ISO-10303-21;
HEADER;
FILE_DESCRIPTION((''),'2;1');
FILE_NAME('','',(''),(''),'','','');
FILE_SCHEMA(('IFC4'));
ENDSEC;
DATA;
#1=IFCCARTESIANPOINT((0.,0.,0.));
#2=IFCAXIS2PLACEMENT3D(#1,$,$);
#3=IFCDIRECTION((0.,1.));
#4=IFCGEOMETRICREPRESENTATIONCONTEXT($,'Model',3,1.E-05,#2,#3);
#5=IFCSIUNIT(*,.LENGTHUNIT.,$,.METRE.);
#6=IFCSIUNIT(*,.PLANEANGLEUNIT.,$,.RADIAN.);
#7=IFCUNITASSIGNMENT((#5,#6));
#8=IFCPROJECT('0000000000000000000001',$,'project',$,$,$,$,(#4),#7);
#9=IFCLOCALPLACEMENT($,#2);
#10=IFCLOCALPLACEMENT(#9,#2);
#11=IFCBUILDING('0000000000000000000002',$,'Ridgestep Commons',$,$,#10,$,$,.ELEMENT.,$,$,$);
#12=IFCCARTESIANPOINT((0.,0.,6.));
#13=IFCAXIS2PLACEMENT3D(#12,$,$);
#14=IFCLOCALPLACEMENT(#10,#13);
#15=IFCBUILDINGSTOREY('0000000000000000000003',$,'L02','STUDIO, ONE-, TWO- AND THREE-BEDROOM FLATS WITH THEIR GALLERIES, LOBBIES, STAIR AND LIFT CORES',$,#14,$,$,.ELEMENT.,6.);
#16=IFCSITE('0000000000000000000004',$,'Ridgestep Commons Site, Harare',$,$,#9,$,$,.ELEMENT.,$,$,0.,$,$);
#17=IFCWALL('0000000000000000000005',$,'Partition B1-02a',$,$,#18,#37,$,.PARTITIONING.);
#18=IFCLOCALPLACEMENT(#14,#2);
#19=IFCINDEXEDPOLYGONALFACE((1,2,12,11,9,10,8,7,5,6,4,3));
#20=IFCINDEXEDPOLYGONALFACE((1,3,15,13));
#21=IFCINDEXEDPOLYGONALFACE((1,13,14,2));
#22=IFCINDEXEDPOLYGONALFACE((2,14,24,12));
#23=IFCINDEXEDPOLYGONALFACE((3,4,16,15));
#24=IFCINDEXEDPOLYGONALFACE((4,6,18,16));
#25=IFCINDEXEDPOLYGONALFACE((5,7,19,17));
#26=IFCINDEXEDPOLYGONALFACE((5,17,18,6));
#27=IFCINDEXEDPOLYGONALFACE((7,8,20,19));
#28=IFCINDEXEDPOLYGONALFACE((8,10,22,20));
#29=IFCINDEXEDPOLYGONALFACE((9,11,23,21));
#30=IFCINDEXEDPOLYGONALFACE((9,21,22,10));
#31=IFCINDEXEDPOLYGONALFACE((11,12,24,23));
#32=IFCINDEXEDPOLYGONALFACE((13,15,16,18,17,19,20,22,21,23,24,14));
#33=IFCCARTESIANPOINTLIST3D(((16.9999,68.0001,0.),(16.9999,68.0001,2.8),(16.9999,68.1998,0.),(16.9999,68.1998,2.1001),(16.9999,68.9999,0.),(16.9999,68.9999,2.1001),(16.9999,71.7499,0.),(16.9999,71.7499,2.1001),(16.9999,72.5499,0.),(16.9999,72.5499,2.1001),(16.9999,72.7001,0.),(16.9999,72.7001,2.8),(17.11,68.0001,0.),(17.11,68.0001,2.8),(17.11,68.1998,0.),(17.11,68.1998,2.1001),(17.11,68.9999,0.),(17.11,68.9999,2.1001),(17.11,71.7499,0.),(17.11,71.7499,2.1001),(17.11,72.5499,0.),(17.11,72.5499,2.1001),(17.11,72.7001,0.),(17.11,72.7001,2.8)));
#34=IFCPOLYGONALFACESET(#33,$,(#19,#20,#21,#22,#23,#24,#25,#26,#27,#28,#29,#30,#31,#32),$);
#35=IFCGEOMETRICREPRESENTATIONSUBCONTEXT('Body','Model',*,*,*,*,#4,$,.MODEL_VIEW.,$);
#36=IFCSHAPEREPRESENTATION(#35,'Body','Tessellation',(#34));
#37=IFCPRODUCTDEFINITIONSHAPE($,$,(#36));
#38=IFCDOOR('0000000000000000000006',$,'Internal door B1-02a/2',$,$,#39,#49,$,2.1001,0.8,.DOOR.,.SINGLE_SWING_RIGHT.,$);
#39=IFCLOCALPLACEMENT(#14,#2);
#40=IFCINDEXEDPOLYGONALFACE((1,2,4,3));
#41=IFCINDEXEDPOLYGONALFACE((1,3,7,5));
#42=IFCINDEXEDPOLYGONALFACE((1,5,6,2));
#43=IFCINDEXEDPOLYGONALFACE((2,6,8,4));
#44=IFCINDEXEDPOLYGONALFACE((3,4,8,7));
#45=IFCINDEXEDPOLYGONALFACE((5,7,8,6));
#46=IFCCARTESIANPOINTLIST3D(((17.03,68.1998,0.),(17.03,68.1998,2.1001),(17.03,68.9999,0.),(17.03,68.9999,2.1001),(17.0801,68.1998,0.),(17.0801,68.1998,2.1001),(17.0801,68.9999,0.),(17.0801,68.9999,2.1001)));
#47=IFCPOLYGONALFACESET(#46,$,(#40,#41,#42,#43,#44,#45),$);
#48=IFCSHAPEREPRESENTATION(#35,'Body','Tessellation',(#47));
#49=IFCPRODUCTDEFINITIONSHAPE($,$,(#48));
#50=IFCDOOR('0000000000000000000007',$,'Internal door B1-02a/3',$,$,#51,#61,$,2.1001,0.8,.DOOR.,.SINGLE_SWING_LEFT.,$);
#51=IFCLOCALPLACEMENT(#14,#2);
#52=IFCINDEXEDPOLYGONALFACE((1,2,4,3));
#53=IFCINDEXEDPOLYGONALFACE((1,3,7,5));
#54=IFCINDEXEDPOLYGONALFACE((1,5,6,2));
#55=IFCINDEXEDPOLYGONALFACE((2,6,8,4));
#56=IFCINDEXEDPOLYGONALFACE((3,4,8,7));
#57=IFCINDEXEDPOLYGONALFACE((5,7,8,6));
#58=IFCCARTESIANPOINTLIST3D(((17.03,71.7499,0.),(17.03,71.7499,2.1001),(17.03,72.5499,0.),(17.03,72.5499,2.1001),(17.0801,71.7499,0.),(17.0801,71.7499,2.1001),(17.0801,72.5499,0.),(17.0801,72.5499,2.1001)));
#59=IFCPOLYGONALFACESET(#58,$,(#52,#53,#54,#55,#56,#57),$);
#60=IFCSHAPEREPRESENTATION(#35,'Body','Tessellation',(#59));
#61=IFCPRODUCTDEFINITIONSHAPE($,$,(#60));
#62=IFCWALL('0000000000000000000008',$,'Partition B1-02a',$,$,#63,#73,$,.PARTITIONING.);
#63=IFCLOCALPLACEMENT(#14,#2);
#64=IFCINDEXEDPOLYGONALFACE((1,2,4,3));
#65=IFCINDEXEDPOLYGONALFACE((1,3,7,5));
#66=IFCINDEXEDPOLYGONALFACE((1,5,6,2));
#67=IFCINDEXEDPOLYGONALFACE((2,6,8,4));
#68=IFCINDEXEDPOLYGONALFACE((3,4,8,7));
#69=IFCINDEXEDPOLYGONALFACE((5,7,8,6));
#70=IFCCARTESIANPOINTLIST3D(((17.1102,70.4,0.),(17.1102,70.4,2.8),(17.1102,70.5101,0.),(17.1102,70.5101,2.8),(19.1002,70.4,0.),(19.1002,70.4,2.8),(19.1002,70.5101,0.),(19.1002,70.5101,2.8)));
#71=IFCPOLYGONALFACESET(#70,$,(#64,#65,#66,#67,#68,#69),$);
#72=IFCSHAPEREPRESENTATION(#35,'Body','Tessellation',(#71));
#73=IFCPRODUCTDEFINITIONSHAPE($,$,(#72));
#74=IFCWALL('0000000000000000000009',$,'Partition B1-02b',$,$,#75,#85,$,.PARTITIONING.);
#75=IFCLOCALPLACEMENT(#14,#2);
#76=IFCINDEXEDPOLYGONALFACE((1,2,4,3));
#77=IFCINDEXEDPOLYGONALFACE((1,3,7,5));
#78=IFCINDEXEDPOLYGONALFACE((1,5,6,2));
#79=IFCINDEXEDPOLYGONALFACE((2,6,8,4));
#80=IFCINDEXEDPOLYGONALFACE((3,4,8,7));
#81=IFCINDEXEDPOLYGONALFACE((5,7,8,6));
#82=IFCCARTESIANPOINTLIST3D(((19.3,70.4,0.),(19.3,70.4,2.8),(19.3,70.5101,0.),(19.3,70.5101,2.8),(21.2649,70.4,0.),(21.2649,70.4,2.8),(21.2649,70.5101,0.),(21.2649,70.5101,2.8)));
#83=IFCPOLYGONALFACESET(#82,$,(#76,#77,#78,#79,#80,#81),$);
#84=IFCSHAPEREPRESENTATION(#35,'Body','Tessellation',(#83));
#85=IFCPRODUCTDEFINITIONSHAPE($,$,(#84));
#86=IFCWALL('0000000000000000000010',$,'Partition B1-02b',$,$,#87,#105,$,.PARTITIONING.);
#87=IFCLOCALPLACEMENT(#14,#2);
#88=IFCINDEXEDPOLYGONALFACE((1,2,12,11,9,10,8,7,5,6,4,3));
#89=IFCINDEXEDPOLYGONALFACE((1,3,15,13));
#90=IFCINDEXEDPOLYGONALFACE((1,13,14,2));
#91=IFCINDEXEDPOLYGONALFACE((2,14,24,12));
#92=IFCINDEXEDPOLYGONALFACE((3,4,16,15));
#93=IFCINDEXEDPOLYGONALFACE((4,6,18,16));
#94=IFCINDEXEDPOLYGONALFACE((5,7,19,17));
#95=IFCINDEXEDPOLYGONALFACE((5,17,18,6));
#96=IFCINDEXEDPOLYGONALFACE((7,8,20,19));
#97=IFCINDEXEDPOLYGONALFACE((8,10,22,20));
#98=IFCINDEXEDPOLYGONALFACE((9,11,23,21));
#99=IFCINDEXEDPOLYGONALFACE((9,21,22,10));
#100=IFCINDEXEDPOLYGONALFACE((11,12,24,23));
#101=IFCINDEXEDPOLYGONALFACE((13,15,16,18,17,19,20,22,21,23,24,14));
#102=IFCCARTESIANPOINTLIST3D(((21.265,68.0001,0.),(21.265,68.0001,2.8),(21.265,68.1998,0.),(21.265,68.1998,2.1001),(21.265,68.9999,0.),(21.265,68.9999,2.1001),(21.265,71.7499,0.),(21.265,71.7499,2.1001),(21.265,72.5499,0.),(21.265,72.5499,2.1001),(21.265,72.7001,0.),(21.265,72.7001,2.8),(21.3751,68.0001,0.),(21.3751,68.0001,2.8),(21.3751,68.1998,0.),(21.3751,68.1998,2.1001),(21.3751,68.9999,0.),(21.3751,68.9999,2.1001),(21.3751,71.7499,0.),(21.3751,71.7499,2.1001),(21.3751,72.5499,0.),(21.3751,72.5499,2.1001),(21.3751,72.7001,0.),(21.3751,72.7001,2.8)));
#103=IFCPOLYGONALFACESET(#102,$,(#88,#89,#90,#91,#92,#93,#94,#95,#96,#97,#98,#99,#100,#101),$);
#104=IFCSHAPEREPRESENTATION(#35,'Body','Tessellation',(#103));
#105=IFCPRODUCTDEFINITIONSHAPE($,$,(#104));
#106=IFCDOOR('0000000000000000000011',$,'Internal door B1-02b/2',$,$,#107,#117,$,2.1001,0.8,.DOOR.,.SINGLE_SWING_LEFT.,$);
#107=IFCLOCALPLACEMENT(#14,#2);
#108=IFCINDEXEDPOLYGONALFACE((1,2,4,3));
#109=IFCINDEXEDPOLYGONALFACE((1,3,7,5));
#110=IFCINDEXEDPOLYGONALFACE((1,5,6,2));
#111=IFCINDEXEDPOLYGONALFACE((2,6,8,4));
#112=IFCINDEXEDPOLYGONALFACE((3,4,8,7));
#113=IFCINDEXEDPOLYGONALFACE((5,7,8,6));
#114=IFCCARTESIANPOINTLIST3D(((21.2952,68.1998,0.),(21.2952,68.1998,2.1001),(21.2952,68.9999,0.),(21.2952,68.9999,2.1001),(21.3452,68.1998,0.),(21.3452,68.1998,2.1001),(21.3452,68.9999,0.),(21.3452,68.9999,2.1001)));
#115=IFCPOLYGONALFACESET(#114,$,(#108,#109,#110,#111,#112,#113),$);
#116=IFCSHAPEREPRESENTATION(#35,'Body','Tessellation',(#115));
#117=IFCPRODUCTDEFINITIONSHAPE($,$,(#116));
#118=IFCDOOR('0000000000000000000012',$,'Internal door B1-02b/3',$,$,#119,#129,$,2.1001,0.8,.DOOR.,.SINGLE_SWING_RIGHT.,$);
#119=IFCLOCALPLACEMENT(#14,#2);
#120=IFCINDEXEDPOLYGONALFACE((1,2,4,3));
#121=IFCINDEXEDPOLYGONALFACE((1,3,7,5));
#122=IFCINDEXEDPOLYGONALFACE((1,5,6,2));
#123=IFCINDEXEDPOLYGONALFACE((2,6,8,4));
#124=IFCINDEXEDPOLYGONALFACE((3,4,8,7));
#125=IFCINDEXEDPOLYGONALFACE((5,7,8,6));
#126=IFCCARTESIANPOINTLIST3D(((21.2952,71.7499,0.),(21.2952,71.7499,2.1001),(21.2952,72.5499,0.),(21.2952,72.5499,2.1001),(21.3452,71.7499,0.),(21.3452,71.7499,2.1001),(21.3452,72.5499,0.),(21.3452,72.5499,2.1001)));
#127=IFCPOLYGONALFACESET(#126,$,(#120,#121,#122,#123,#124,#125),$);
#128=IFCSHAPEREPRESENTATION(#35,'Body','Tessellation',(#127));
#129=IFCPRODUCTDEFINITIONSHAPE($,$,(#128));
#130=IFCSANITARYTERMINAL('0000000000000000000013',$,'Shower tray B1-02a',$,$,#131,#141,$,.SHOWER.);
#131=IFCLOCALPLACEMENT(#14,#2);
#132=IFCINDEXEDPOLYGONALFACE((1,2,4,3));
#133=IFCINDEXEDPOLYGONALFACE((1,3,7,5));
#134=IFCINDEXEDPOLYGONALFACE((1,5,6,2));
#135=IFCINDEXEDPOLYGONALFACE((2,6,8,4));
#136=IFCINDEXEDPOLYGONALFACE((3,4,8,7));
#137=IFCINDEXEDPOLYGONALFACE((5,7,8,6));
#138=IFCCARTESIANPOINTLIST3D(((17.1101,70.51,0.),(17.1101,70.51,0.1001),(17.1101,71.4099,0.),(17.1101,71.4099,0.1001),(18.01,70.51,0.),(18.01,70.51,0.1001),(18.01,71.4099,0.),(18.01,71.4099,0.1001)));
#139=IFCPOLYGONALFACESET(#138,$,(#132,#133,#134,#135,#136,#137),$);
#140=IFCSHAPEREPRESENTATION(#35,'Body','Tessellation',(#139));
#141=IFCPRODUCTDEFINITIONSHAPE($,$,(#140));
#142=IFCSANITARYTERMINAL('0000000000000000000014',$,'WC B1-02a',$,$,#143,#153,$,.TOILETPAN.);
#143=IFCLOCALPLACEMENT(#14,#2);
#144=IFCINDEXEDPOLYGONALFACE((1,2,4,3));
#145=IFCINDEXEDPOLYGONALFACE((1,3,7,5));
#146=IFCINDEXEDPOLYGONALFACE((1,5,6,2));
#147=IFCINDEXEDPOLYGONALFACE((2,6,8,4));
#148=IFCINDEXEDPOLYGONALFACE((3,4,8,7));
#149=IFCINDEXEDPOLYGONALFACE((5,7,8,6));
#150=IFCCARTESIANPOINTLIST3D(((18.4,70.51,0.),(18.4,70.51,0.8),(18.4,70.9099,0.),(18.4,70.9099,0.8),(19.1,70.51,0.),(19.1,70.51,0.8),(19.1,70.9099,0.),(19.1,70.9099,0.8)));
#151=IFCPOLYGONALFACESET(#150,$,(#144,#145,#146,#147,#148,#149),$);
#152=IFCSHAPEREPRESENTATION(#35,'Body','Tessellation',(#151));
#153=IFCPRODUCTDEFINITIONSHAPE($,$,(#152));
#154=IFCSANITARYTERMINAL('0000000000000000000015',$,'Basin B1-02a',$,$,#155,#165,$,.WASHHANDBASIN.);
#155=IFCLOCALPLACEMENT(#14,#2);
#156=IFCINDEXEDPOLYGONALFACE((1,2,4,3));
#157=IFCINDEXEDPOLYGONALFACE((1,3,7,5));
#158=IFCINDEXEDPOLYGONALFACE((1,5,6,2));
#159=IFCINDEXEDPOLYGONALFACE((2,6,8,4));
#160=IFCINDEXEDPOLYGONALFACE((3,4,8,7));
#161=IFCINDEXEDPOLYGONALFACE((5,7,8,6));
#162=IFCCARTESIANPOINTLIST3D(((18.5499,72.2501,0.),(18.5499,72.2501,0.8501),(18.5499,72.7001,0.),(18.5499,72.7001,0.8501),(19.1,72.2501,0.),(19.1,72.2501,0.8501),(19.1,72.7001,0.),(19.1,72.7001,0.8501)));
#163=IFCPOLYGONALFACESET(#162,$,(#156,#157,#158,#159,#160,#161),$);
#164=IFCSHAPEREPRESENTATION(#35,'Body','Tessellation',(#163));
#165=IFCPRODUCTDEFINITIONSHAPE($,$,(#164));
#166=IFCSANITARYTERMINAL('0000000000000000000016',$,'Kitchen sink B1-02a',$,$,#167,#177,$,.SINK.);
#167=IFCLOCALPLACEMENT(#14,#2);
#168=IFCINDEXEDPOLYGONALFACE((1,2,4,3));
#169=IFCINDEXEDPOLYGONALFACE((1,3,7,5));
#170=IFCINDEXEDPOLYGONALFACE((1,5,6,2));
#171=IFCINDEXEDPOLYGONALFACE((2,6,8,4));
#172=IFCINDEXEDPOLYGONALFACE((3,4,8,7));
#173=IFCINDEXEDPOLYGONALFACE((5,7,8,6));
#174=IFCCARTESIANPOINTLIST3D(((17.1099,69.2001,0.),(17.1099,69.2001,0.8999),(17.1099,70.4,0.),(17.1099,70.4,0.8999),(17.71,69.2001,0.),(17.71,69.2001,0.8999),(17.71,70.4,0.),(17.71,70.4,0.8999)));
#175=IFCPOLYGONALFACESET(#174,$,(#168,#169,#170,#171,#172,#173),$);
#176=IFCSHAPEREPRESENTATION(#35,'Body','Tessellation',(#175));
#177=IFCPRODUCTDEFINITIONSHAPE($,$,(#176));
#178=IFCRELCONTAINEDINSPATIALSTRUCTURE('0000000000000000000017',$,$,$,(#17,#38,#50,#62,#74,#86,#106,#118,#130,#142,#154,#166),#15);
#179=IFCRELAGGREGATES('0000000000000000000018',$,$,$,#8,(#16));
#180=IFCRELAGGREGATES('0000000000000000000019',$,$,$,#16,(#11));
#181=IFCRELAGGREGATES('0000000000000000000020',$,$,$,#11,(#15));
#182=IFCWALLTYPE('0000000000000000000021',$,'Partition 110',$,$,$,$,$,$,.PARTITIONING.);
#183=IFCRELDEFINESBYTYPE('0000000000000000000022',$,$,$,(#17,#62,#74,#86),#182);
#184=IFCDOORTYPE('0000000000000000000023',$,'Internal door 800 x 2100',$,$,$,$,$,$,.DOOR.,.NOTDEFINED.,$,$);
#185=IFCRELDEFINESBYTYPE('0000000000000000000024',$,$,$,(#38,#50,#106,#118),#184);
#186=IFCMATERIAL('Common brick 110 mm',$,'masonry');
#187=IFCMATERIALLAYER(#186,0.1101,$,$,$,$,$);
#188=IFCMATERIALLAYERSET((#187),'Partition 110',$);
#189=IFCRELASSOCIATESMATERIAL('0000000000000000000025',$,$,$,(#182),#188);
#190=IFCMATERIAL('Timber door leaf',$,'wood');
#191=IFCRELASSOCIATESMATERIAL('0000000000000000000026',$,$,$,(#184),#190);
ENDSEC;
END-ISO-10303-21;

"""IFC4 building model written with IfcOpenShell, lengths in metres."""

from ifc_helpers import new_model, si_unit, direction, frame, frame_2d, origin, origin_2d, place, context, subcontext, project, spatial, rectangle, extrude, material, layer, layer_set, type_object, element, fill, save


model = new_model("IFC4")

# Units and contexts
model_context = context("Model", 3, precision=1e-05, world=origin(), true_north=direction((0.0, 1.0)))
body_context = subcontext(model_context, "Body", "Model", "MODEL_VIEW")
ifc_project = project(units=[si_unit("LENGTHUNIT", "METRE"), si_unit("PLANEANGLEUNIT", "RADIAN")], contexts=[model_context])

# Site, building, storey
site_placement = place(None, origin())
site = spatial("IfcSite", under=ifc_project, at=site_placement, Name="Ridgestep Commons Site, Harare", CompositionType="ELEMENT", RefElevation=0.0)
building_placement = place(site_placement, origin())
building = spatial("IfcBuilding", under=site, at=building_placement, Name="Ridgestep Commons", CompositionType="ELEMENT")
storey_placement = place(building_placement, frame((0.0, 0.0, 6.0)))
storey = spatial("IfcBuildingStorey", under=building, at=storey_placement, Name="L02", Description="STUDIO, ONE-, TWO- AND THREE-BEDROOM FLATS WITH THEIR GALLERIES, LOBBIES, STAIR AND LIFT CORES", CompositionType="ELEMENT", Elevation=6.0)

# Wall, openings, doors
ifc_material_1 = material(Name="Common brick 110 mm", Category="masonry")
ifc_layer_1 = layer(ifc_material_1, 0.1101)
ifc_layer_set_1 = layer_set([ifc_layer_1], Name="Partition 110")
wall_type_1 = type_object("IfcWallType", Name="Partition 110", PredefinedType="PARTITIONING", material=ifc_layer_set_1)
wall_1_placement = place(storey_placement, frame((17.0549, 68.0, 0.0), z_axis=(0.0, 0.0, 1.0), x_axis=(0.0, 1.0, 0.0)))
wall_1 = element("IfcWall", 1, at=wall_1_placement, inside=storey, type_object=wall_type_1, Name="Partition B1-02a", PredefinedType="PARTITIONING", context=body_context, shape_type="SweptSolid", body=[
    extrude(rectangle(XDim=4.7, YDim=0.1101, at=frame_2d((2.3501, 0.0))), origin(), (0.0, 0.0, 1.0), 2.8),
])
opening_1_placement = place(wall_1_placement, frame((0.2, 0.0, 0.0)))
opening_1 = element("IfcOpeningElement", 2, at=opening_1_placement, cuts=wall_1, PredefinedType="OPENING", context=body_context, shape_type="SweptSolid", body=[
    extrude(rectangle(XDim=0.8, YDim=2.1001, at=frame_2d((0.3999, 1.05))), frame((0.0, 0.0649, 0.0), z_axis=(0.0, -1.0, 0.0), x_axis=(1.0, 0.0, 0.0)), (0.0, 0.0, 1.0), 0.1301),
])
opening_2_placement = place(wall_1_placement, frame((3.75, 0.0, 0.0)))
opening_2 = element("IfcOpeningElement", 3, at=opening_2_placement, cuts=wall_1, PredefinedType="OPENING", context=body_context, shape_type="SweptSolid", body=[
    extrude(rectangle(XDim=0.8, YDim=2.1001, at=frame_2d((0.3999, 1.05))), frame((0.0, 0.0649, 0.0), z_axis=(0.0, -1.0, 0.0), x_axis=(1.0, 0.0, 0.0)), (0.0, 0.0, 1.0), 0.1301),
])
ifc_material_2 = material(Name="Timber door leaf", Category="wood")
door_type_1 = type_object("IfcDoorType", Name="Internal door 800 x 2100", OperationType="NOTDEFINED", PredefinedType="DOOR", material=ifc_material_2)
door_1_placement = place(opening_1_placement, origin())
door_1 = element("IfcDoor", 4, at=door_1_placement, inside=storey, type_object=door_type_1, Name="Internal door B1-02a/2", OperationType="SINGLE_SWING_RIGHT", OverallHeight=2.1001, OverallWidth=0.8, PredefinedType="DOOR", context=body_context, shape_type="SweptSolid", body=[
    extrude(rectangle(XDim=0.8, YDim=2.1001, at=frame_2d((0.3999, 1.05))), frame((0.0, 0.0249, 0.0), z_axis=(0.0, -1.0, 0.0), x_axis=(1.0, 0.0, 0.0)), (0.0, 0.0, 1.0), 0.05),
])
fill(opening_1, door_1)
door_2_placement = place(opening_2_placement, origin())
door_2 = element("IfcDoor", 5, at=door_2_placement, inside=storey, type_object=door_type_1, Name="Internal door B1-02a/3", OperationType="SINGLE_SWING_LEFT", OverallHeight=2.1001, OverallWidth=0.8, PredefinedType="DOOR", context=body_context, shape_type="SweptSolid", body=[
    extrude(rectangle(XDim=0.8, YDim=2.1001, at=frame_2d((0.3999, 1.05))), frame((0.0, 0.0249, 0.0), z_axis=(0.0, -1.0, 0.0), x_axis=(1.0, 0.0, 0.0)), (0.0, 0.0, 1.0), 0.05),
])
fill(opening_2, door_2)

# Walls
wall_2_placement = place(storey_placement, frame((17.1101, 70.4551, 0.0), z_axis=(0.0, 0.0, 1.0), x_axis=(1.0, 0.0, 0.0)))
element("IfcWall", 6, at=wall_2_placement, inside=storey, type_object=wall_type_1, Name="Partition B1-02a", PredefinedType="PARTITIONING", context=body_context, shape_type="SweptSolid", body=[
    extrude(rectangle(XDim=1.99, YDim=0.1101, at=frame_2d((0.9951, 0.0))), origin(), (0.0, 0.0, 1.0), 2.8),
])
wall_3_placement = place(storey_placement, frame((19.3, 70.4551, 0.0), z_axis=(0.0, 0.0, 1.0), x_axis=(1.0, 0.0, 0.0)))
element("IfcWall", 7, at=wall_3_placement, inside=storey, type_object=wall_type_1, Name="Partition B1-02b", PredefinedType="PARTITIONING", context=body_context, shape_type="SweptSolid", body=[
    extrude(rectangle(XDim=1.9648, YDim=0.1101, at=frame_2d((0.9824, 0.0))), origin(), (0.0, 0.0, 1.0), 2.8),
])

# Wall, openings, doors
wall_4_placement = place(storey_placement, frame((21.3201, 68.0, 0.0), z_axis=(0.0, 0.0, 1.0), x_axis=(0.0, 1.0, 0.0)))
wall_4 = element("IfcWall", 8, at=wall_4_placement, inside=storey, type_object=wall_type_1, Name="Partition B1-02b", PredefinedType="PARTITIONING", context=body_context, shape_type="SweptSolid", body=[
    extrude(rectangle(XDim=4.7, YDim=0.1101, at=frame_2d((2.3501, 0.0))), origin(), (0.0, 0.0, 1.0), 2.8),
])
opening_3_placement = place(wall_4_placement, frame((0.2, 0.0, 0.0)))
opening_3 = element("IfcOpeningElement", 9, at=opening_3_placement, cuts=wall_4, PredefinedType="OPENING", context=body_context, shape_type="SweptSolid", body=[
    extrude(rectangle(XDim=0.8, YDim=2.1001, at=frame_2d((0.3999, 1.05))), frame((0.0, 0.0649, 0.0), z_axis=(0.0, -1.0, 0.0), x_axis=(1.0, 0.0, 0.0)), (0.0, 0.0, 1.0), 0.1301),
])
opening_4_placement = place(wall_4_placement, frame((3.75, 0.0, 0.0)))
opening_4 = element("IfcOpeningElement", 10, at=opening_4_placement, cuts=wall_4, PredefinedType="OPENING", context=body_context, shape_type="SweptSolid", body=[
    extrude(rectangle(XDim=0.8, YDim=2.1001, at=frame_2d((0.3999, 1.05))), frame((0.0, 0.0649, 0.0), z_axis=(0.0, -1.0, 0.0), x_axis=(1.0, 0.0, 0.0)), (0.0, 0.0, 1.0), 0.1301),
])
door_3_placement = place(opening_3_placement, origin())
door_3 = element("IfcDoor", 11, at=door_3_placement, inside=storey, type_object=door_type_1, Name="Internal door B1-02b/2", OperationType="SINGLE_SWING_LEFT", OverallHeight=2.1001, OverallWidth=0.8, PredefinedType="DOOR", context=body_context, shape_type="SweptSolid", body=[
    extrude(rectangle(XDim=0.8, YDim=2.1001, at=frame_2d((0.3999, 1.05))), frame((0.0, 0.0249, 0.0), z_axis=(0.0, -1.0, 0.0), x_axis=(1.0, 0.0, 0.0)), (0.0, 0.0, 1.0), 0.05),
])
fill(opening_3, door_3)
door_4_placement = place(opening_4_placement, origin())
door_4 = element("IfcDoor", 12, at=door_4_placement, inside=storey, type_object=door_type_1, Name="Internal door B1-02b/3", OperationType="SINGLE_SWING_RIGHT", OverallHeight=2.1001, OverallWidth=0.8, PredefinedType="DOOR", context=body_context, shape_type="SweptSolid", body=[
    extrude(rectangle(XDim=0.8, YDim=2.1001, at=frame_2d((0.3999, 1.05))), frame((0.0, 0.0249, 0.0), z_axis=(0.0, -1.0, 0.0), x_axis=(1.0, 0.0, 0.0)), (0.0, 0.0, 1.0), 0.05),
])
fill(opening_4, door_4)

# Sanitary terminals
sanitary_terminal_1_placement = place(storey_placement, frame((17.5601, 70.96, 0.0), z_axis=(0.0, 0.0, 1.0), x_axis=(1.0, 0.0, 0.0)))
element("IfcSanitaryTerminal", 13, at=sanitary_terminal_1_placement, inside=storey, Name="Shower tray B1-02a", PredefinedType="SHOWER", context=body_context, shape_type="SweptSolid", body=[
    extrude(rectangle(XDim=0.8999, YDim=0.8999, at=origin_2d()), origin(), (0.0, 0.0, 1.0), 0.1001),
])
sanitary_terminal_2_placement = place(storey_placement, frame((18.75, 70.71, 0.0), z_axis=(0.0, 0.0, 1.0), x_axis=(1.0, 0.0, 0.0)))
element("IfcSanitaryTerminal", 14, at=sanitary_terminal_2_placement, inside=storey, Name="WC B1-02a", PredefinedType="TOILETPAN", context=body_context, shape_type="SweptSolid", body=[
    extrude(rectangle(XDim=0.7, YDim=0.3999, at=origin_2d()), origin(), (0.0, 0.0, 1.0), 0.8),
])
sanitary_terminal_3_placement = place(storey_placement, frame((18.825, 72.4751, 0.0), z_axis=(0.0, 0.0, 1.0), x_axis=(1.0, 0.0, 0.0)))
element("IfcSanitaryTerminal", 15, at=sanitary_terminal_3_placement, inside=storey, Name="Basin B1-02a", PredefinedType="WASHHANDBASIN", context=body_context, shape_type="SweptSolid", body=[
    extrude(rectangle(XDim=0.55, YDim=0.45, at=origin_2d()), origin(), (0.0, 0.0, 1.0), 0.8501),
])
sanitary_terminal_4_placement = place(storey_placement, frame((17.4099, 69.8, 0.0), z_axis=(0.0, 0.0, 1.0), x_axis=(1.0, 0.0, 0.0)))
element("IfcSanitaryTerminal", 16, at=sanitary_terminal_4_placement, inside=storey, Name="Kitchen sink B1-02a", PredefinedType="SINK", context=body_context, shape_type="SweptSolid", body=[
    extrude(rectangle(XDim=0.6001, YDim=1.2, at=origin_2d()), origin(), (0.0, 0.0, 1.0), 0.8999),
])

save(model, "model.ifc")
